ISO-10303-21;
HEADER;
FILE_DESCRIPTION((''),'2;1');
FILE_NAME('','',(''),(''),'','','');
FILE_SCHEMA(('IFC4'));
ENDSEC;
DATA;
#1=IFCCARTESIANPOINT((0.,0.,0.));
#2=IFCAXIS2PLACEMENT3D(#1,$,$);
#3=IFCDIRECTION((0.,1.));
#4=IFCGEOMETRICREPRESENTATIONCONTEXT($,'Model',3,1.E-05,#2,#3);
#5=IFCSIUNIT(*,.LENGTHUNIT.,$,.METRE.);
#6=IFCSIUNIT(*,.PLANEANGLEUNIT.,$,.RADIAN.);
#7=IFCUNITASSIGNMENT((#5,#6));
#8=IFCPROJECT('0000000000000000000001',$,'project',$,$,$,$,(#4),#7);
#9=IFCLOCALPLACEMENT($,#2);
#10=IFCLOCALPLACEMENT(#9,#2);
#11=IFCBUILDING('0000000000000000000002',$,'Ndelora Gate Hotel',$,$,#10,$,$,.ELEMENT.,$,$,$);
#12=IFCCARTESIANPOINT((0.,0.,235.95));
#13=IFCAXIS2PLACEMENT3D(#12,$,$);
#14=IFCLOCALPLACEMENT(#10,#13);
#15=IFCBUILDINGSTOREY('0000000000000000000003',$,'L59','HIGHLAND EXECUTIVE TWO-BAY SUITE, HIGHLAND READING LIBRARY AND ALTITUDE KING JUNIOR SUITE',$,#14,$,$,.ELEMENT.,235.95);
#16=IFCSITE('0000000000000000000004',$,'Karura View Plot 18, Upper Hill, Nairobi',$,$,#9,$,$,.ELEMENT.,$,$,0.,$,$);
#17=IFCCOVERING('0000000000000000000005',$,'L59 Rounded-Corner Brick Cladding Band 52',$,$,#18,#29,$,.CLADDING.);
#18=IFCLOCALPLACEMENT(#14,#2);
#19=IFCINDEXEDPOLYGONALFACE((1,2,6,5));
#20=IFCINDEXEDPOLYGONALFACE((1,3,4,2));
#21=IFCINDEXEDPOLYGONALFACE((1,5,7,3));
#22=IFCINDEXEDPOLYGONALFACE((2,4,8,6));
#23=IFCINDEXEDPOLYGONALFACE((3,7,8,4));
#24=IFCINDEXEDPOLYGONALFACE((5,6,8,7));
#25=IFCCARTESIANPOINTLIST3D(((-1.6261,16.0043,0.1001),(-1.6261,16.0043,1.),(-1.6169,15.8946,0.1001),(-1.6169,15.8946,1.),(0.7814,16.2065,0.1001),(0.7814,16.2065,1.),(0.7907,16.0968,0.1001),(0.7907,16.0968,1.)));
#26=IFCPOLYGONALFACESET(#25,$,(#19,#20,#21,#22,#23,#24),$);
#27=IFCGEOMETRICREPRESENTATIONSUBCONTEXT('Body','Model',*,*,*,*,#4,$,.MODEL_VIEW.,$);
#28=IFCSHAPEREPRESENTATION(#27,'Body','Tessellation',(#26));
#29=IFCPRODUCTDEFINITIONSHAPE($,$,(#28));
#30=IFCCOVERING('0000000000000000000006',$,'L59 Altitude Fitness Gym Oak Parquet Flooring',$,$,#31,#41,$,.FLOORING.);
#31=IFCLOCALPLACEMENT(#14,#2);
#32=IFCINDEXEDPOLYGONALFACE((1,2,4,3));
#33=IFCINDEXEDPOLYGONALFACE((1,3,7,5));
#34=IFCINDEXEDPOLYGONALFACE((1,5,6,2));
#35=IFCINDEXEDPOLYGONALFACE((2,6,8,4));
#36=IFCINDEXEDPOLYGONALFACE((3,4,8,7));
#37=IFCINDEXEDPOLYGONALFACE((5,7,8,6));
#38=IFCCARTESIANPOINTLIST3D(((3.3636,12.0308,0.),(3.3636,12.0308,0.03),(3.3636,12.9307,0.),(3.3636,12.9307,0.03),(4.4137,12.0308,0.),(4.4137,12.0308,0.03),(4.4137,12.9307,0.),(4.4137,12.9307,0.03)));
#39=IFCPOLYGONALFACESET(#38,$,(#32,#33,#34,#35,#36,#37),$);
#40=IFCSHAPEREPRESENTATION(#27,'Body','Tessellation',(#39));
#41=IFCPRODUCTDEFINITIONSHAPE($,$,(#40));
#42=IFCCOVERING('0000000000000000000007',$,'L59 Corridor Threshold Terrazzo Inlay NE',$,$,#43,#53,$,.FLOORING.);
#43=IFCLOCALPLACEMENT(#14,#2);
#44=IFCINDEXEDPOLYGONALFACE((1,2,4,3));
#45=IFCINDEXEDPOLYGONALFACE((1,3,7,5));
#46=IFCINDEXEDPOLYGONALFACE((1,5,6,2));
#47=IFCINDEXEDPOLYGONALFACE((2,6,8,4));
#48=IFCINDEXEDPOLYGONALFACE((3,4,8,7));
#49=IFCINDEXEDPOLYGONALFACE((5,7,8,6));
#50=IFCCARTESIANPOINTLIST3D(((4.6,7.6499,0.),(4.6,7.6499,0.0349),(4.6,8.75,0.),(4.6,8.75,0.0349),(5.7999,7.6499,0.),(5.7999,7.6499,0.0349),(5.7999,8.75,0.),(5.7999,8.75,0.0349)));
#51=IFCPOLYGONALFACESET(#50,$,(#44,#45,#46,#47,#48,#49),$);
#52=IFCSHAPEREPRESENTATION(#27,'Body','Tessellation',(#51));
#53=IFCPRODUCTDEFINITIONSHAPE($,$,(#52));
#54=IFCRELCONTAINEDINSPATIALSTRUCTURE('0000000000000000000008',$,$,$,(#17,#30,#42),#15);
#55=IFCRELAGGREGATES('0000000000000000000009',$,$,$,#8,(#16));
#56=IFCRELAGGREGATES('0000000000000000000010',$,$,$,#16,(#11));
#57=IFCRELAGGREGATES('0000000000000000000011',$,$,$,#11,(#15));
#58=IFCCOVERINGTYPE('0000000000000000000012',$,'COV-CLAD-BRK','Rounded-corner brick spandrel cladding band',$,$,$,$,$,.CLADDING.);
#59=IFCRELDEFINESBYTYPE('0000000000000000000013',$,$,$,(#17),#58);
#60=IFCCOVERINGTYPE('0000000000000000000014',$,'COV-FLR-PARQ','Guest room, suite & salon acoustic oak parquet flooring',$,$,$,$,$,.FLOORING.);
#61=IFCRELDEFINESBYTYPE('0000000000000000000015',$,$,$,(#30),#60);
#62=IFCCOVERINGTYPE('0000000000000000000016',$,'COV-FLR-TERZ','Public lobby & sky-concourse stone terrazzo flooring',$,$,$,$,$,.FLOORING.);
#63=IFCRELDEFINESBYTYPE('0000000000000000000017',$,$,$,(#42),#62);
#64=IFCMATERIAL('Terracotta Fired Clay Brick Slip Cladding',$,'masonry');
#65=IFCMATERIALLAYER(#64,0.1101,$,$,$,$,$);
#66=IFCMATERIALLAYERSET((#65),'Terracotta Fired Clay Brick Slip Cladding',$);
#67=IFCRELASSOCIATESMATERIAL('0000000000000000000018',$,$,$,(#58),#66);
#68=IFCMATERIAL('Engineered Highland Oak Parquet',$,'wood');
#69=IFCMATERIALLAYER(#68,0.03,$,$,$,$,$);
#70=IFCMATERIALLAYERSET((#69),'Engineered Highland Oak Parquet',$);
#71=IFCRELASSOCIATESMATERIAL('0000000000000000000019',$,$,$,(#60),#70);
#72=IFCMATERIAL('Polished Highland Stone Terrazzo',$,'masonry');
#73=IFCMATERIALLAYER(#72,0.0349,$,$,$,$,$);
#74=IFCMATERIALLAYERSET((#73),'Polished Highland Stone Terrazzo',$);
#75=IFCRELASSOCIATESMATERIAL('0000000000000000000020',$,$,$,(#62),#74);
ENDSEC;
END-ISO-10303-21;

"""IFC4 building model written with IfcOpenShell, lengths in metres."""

from ifc_helpers import new_model, si_unit, direction, frame, origin, origin_2d, place, context, subcontext, project, spatial, rectangle, extrude, material, layer, layer_set, type_object, element, save


model = new_model("IFC4")

# Units and contexts
model_context = context("Model", 3, precision=1e-05, world=origin(), true_north=direction((0.0, 1.0)))
body_context = subcontext(model_context, "Body", "Model", "MODEL_VIEW")
ifc_project = project(units=[si_unit("LENGTHUNIT", "METRE"), si_unit("PLANEANGLEUNIT", "RADIAN")], contexts=[model_context])

# Site, building, storey
site_placement = place(None, origin())
site = spatial("IfcSite", under=ifc_project, at=site_placement, Name="Karura View Plot 18, Upper Hill, Nairobi", CompositionType="ELEMENT", RefElevation=0.0)
building_placement = place(site_placement, origin())
building = spatial("IfcBuilding", under=site, at=building_placement, Name="Ndelora Gate Hotel", CompositionType="ELEMENT")
storey_placement = place(building_placement, frame((0.0, 0.0, 235.95)))
storey = spatial("IfcBuildingStorey", under=building, at=storey_placement, Name="L59", Description="HIGHLAND EXECUTIVE TWO-BAY SUITE, HIGHLAND READING LIBRARY AND ALTITUDE KING JUNIOR SUITE", CompositionType="ELEMENT", Elevation=235.95)

# Coverings
ifc_material_1 = material(Name="Terracotta Fired Clay Brick Slip Cladding", Category="masonry")
ifc_layer_1 = layer(ifc_material_1, 0.1101)
ifc_layer_set_1 = layer_set([ifc_layer_1], Name="Terracotta Fired Clay Brick Slip Cladding")
covering_type_1 = type_object("IfcCoveringType", Name="COV-CLAD-BRK", Description="Rounded-corner brick spandrel cladding band", PredefinedType="CLADDING", material=ifc_layer_set_1)
covering_1_placement = place(storey_placement, frame((-0.4177, 16.0505, 0.1001), z_axis=(0.0, 0.0, 1.0), x_axis=(0.996493, 0.083678, 0.0)))
element("IfcCovering", 1, at=covering_1_placement, inside=storey, type_object=covering_type_1, Name="L59 Rounded-Corner Brick Cladding Band 52", PredefinedType="CLADDING", context=body_context, shape_type="SweptSolid", body=[
    extrude(rectangle(XDim=2.416, YDim=0.1101, at=origin_2d()), origin(), (0.0, 0.0, 1.0), 0.8999),
])
ifc_material_2 = material(Name="Engineered Highland Oak Parquet", Category="wood")
ifc_layer_2 = layer(ifc_material_2, 0.03)
ifc_layer_set_2 = layer_set([ifc_layer_2], Name="Engineered Highland Oak Parquet")
covering_type_2 = type_object("IfcCoveringType", Name="COV-FLR-PARQ", Description="Guest room, suite & salon acoustic oak parquet flooring", PredefinedType="FLOORING", material=ifc_layer_set_2)
covering_2_placement = place(storey_placement, frame((3.8887, 12.4807, 0.0), z_axis=(0.0, 0.0, 1.0), x_axis=(1.0, 0.0, 0.0)))
element("IfcCovering", 2, at=covering_2_placement, inside=storey, type_object=covering_type_2, Name="L59 Altitude Fitness Gym Oak Parquet Flooring", PredefinedType="FLOORING", context=body_context, shape_type="SweptSolid", body=[
    extrude(rectangle(XDim=1.05, YDim=0.8999, at=origin_2d()), origin(), (0.0, 0.0, 1.0), 0.03),
])
ifc_material_3 = material(Name="Polished Highland Stone Terrazzo", Category="masonry")
ifc_layer_3 = layer(ifc_material_3, 0.0349)
ifc_layer_set_3 = layer_set([ifc_layer_3], Name="Polished Highland Stone Terrazzo")
covering_type_3 = type_object("IfcCoveringType", Name="COV-FLR-TERZ", Description="Public lobby & sky-concourse stone terrazzo flooring", PredefinedType="FLOORING", material=ifc_layer_set_3)
covering_3_placement = place(storey_placement, frame((5.2, 8.2, 0.0), z_axis=(0.0, 0.0, 1.0), x_axis=(1.0, 0.0, 0.0)))
element("IfcCovering", 3, at=covering_3_placement, inside=storey, type_object=covering_type_3, Name="L59 Corridor Threshold Terrazzo Inlay NE", PredefinedType="FLOORING", context=body_context, shape_type="SweptSolid", body=[
    extrude(rectangle(XDim=1.2, YDim=1.1001, at=origin_2d()), origin(), (0.0, 0.0, 1.0), 0.0349),
])

save(model, "model.ifc")
